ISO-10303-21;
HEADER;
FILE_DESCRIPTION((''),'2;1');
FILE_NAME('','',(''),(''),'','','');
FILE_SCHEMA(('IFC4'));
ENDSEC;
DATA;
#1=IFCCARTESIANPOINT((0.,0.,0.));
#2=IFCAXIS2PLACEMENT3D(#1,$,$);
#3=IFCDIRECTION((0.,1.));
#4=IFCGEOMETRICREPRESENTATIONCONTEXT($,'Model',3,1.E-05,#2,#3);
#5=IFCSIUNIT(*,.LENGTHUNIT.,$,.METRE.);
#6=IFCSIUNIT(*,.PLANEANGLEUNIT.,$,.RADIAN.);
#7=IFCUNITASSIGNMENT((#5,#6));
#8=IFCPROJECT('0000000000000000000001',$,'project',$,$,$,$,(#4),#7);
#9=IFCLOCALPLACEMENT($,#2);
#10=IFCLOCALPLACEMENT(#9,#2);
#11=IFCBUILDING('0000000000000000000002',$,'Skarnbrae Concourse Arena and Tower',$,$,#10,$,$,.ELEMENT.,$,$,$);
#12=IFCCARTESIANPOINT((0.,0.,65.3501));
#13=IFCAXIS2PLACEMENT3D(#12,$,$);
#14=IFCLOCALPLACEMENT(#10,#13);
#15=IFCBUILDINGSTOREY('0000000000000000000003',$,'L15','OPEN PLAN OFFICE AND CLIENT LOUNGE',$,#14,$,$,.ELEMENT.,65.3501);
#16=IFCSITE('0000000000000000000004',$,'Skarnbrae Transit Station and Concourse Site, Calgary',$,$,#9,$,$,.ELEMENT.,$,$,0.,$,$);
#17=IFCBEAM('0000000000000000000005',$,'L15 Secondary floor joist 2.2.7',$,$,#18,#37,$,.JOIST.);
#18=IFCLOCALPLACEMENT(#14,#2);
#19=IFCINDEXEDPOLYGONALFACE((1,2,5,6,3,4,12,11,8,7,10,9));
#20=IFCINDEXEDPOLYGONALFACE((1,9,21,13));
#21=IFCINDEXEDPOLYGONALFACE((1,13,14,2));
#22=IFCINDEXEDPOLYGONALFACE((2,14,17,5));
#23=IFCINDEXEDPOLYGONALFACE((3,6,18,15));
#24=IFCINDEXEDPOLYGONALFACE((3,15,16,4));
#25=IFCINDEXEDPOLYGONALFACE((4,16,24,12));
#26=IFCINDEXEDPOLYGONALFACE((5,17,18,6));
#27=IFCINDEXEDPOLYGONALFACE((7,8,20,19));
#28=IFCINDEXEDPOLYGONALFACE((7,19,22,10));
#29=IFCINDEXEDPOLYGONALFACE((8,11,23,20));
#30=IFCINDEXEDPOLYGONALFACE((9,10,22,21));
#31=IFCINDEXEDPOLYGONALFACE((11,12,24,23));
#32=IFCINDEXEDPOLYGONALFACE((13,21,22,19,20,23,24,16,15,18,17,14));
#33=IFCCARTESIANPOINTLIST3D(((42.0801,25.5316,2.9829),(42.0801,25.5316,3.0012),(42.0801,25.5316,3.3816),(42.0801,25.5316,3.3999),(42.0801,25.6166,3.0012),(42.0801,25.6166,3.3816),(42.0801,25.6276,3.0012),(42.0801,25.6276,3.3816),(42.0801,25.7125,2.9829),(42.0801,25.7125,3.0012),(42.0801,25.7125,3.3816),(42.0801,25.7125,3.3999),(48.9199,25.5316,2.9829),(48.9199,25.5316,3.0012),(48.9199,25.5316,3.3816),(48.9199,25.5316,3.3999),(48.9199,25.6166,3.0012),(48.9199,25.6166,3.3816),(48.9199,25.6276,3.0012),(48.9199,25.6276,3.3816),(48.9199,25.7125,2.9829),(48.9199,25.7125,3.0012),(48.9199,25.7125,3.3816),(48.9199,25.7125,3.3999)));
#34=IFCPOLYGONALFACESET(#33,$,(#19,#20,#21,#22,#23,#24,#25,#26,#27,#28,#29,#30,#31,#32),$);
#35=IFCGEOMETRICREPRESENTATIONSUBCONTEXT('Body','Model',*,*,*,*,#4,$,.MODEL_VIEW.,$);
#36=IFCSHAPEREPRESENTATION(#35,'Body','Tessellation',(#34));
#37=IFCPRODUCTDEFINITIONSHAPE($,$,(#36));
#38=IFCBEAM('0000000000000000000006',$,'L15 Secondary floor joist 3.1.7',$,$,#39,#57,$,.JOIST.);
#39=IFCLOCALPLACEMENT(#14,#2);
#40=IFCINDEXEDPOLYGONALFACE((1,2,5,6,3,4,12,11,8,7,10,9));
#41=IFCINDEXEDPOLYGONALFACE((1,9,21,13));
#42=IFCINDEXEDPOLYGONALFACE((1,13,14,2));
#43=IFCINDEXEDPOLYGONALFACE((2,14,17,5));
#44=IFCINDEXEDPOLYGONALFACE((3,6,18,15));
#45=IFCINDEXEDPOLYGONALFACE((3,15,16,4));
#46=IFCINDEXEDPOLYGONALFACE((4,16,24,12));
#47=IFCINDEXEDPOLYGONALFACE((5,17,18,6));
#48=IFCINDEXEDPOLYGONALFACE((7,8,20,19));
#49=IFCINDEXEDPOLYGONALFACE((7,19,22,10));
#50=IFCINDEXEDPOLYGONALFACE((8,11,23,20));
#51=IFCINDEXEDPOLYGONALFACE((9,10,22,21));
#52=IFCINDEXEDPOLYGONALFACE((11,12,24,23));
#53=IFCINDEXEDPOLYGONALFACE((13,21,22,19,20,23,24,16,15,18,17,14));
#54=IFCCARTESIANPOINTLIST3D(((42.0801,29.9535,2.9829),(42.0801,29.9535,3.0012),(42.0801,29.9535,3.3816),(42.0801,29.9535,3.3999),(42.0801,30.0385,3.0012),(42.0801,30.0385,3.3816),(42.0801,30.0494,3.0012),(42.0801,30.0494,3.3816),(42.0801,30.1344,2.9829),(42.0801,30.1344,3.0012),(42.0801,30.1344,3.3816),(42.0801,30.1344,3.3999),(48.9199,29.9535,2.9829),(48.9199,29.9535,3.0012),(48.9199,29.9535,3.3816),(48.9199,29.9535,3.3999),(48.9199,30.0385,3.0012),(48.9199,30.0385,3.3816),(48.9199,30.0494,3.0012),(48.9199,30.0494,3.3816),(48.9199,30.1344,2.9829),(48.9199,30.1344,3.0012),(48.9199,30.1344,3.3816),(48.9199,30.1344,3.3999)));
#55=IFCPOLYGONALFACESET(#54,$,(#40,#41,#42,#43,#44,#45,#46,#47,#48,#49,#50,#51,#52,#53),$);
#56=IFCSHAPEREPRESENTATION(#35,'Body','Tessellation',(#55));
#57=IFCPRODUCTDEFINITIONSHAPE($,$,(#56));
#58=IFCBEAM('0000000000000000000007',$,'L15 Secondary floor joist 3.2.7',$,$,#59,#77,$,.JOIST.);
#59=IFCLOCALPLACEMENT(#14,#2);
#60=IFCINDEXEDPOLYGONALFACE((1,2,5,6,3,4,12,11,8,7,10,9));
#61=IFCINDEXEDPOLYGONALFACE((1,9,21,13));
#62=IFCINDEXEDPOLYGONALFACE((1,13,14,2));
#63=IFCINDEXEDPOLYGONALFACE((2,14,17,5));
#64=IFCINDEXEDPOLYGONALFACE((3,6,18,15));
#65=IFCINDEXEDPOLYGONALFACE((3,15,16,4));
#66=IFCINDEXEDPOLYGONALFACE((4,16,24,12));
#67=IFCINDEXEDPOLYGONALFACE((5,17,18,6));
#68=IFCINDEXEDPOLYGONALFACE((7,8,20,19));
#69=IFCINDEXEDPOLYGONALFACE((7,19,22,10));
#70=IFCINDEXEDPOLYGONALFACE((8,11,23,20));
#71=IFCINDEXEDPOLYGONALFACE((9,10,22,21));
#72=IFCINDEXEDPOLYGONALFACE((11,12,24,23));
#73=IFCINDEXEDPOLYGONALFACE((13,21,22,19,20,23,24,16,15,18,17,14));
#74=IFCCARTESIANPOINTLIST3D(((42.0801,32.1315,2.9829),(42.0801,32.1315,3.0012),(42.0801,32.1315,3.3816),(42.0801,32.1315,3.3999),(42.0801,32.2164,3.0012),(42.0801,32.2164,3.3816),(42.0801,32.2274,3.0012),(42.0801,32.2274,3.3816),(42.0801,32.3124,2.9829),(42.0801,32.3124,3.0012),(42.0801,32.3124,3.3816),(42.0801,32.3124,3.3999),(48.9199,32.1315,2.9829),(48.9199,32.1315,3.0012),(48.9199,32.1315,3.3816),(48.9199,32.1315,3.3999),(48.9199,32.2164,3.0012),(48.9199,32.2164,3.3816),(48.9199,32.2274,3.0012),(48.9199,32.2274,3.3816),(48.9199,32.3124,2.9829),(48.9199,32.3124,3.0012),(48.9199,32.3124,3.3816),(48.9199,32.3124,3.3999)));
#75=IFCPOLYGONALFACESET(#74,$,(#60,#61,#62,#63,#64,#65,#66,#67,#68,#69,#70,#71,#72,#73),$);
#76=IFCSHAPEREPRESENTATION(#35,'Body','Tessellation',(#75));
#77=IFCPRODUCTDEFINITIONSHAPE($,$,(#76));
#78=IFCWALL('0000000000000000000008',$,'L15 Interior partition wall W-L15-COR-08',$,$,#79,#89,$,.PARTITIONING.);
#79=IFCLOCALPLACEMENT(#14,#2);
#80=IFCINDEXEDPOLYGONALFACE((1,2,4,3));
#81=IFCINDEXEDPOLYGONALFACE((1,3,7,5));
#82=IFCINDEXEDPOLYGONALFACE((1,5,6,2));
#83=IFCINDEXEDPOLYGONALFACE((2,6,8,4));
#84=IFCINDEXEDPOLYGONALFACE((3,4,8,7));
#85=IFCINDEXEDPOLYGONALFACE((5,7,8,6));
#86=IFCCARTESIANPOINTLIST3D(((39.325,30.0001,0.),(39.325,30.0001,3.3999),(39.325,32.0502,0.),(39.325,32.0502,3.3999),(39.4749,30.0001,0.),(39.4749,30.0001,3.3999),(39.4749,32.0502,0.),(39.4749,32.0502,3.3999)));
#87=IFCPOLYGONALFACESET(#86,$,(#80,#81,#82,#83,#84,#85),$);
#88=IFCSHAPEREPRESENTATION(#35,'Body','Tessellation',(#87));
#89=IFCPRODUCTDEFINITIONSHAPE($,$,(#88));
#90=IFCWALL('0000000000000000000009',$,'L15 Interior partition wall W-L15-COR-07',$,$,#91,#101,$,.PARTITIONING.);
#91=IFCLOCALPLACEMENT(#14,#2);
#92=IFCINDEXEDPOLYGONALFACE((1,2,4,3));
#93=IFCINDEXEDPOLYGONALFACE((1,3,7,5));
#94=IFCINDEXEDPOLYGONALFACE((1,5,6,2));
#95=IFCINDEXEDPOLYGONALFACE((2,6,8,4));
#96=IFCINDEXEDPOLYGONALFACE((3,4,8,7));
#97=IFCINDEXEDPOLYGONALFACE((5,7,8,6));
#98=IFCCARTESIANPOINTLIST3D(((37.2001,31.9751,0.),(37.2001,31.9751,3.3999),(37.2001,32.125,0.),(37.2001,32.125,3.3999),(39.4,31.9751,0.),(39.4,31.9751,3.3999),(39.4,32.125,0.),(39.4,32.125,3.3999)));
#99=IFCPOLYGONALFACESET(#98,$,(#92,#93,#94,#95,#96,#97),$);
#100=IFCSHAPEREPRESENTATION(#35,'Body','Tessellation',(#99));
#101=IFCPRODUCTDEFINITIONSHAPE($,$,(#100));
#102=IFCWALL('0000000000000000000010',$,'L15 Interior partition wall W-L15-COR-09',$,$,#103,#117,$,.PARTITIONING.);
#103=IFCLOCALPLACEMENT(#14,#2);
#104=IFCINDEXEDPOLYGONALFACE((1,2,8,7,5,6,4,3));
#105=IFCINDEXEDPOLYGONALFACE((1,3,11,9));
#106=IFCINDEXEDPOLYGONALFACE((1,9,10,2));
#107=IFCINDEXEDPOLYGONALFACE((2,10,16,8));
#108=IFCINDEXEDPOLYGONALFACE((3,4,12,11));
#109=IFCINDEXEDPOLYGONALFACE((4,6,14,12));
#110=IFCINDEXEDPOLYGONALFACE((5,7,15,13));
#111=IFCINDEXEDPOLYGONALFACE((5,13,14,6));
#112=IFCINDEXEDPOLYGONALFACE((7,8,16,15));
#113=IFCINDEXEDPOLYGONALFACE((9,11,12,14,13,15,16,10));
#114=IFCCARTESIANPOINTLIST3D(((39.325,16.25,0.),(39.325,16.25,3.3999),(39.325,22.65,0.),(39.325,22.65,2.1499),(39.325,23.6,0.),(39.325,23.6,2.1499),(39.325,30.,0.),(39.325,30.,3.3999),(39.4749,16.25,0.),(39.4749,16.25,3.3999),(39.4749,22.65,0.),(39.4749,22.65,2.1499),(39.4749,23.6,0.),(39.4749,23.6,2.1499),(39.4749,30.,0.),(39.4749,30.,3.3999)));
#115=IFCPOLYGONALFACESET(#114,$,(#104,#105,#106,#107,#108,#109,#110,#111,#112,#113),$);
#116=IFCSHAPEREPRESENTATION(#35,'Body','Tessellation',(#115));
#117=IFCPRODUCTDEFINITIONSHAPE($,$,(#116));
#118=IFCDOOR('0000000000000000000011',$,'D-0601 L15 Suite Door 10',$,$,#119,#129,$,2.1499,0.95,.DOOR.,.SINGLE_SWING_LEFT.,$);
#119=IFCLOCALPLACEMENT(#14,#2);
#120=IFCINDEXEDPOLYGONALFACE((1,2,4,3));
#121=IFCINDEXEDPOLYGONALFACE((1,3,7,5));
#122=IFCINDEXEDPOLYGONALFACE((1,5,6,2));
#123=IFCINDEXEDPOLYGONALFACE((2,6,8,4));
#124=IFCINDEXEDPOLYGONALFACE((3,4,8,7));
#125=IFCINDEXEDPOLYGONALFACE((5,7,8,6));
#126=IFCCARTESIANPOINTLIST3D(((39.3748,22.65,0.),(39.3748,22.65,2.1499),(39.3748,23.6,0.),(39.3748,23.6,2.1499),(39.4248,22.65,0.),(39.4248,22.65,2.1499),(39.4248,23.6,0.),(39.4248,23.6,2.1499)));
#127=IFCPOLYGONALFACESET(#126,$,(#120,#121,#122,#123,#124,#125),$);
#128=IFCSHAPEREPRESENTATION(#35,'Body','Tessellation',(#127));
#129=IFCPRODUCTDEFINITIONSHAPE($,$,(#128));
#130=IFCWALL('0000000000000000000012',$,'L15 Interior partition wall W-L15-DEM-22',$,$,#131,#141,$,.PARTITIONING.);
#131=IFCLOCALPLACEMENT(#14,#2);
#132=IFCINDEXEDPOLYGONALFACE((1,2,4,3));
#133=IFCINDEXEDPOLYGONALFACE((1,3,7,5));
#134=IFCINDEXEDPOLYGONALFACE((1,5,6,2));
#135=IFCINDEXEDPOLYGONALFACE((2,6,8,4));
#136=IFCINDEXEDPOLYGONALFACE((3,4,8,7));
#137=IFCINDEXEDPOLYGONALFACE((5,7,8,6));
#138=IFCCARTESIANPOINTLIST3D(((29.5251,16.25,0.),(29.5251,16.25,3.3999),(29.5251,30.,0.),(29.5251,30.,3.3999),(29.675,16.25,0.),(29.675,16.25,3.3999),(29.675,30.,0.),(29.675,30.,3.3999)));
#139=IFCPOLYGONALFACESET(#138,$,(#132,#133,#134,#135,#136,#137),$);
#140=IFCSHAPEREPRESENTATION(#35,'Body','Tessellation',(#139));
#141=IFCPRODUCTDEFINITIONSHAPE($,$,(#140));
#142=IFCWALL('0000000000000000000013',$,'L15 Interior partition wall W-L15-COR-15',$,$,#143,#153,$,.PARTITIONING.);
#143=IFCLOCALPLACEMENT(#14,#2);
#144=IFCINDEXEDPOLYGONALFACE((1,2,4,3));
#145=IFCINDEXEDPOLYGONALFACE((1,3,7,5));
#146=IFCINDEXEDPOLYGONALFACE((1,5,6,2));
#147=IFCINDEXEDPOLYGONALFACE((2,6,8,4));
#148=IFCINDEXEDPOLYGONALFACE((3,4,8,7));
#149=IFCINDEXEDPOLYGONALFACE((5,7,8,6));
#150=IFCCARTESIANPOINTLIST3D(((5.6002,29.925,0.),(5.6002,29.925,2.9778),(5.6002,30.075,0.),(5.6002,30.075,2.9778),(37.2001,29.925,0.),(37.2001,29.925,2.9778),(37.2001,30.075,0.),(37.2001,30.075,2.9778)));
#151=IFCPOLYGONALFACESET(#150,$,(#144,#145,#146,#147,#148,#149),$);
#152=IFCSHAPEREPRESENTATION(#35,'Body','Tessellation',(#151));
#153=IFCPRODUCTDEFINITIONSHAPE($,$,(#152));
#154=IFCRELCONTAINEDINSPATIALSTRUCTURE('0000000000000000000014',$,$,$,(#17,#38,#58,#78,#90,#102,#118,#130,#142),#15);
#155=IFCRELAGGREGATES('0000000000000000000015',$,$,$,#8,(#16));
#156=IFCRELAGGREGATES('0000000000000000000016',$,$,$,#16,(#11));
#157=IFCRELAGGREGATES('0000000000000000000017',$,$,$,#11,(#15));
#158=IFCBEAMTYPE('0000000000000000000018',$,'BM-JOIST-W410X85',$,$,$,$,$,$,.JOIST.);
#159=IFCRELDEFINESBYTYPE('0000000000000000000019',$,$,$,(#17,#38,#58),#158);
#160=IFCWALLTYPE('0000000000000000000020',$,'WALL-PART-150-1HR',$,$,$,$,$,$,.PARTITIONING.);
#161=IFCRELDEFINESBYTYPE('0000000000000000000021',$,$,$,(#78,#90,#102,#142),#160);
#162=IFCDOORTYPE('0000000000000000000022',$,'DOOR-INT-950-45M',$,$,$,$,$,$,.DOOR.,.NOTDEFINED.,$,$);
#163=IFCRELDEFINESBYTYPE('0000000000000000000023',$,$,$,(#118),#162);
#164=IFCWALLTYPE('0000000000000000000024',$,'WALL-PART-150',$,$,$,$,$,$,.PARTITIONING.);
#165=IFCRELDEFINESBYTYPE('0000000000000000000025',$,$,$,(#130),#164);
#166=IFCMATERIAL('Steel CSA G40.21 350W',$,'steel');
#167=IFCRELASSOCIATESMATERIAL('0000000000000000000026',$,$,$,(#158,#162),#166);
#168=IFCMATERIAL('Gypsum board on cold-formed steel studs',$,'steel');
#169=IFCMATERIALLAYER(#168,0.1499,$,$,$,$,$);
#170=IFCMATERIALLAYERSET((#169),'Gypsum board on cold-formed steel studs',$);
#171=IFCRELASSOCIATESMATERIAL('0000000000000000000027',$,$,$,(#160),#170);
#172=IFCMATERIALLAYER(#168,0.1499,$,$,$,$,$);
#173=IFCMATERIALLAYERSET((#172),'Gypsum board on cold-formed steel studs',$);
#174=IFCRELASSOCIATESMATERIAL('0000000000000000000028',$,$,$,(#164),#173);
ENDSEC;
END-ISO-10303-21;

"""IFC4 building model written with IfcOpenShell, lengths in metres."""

from ifc_helpers import new_model, si_unit, direction, frame, frame_2d, origin, origin_2d, place, context, subcontext, project, spatial, rectangle, i_section, extrude, source, transform, mapped, material, layer, layer_set, material_profile, profile_set, type_object, element, fill, save


model = new_model("IFC4")

# Units and contexts
model_context = context("Model", 3, precision=1e-05, world=origin(), true_north=direction((0.0, 1.0)))
body_context = subcontext(model_context, "Body", "Model", "MODEL_VIEW")
ifc_project = project(units=[si_unit("LENGTHUNIT", "METRE"), si_unit("PLANEANGLEUNIT", "RADIAN")], contexts=[model_context])

# Site, building, storey
site_placement = place(None, origin())
site = spatial("IfcSite", under=ifc_project, at=site_placement, Name="Skarnbrae Transit Station and Concourse Site, Calgary", CompositionType="ELEMENT", RefElevation=0.0)
building_placement = place(site_placement, origin())
building = spatial("IfcBuilding", under=site, at=building_placement, Name="Skarnbrae Concourse Arena and Tower", CompositionType="ELEMENT")
storey_placement = place(building_placement, frame((0.0, 0.0, 65.3501)))
storey = spatial("IfcBuildingStorey", under=building, at=storey_placement, Name="L15", Description="OPEN PLAN OFFICE AND CLIENT LOUNGE", CompositionType="ELEMENT", Elevation=65.3501)

# Shared definitions
ifc_material_1 = material(Name="Steel CSA G40.21 350W", Category="steel")

# Beams
ifc_material_profile_1 = material_profile(ifc_material_1, i_section(OverallWidth=0.1809, OverallDepth=0.417, WebThickness=0.011, FlangeThickness=0.0183, at=origin_2d()), Name="W410X85")
ifc_profile_set_1 = profile_set([ifc_material_profile_1], Name="Steel CSA G40.21 350W")
beam_type_1 = type_object("IfcBeamType", Name="BM-JOIST-W410X85", PredefinedType="JOIST", material=ifc_profile_set_1)
shared_shape_1 = source(origin(), body_context, "Body", "SweptSolid", [
    extrude(i_section(OverallWidth=0.1809, OverallDepth=0.417, WebThickness=0.011, FlangeThickness=0.0183, at=origin_2d()), origin(), (0.0, 0.0, 1.0), 6.8398),
])
for number, where, z_axis, x_axis, name in (
    (1, (42.0801, 25.6221, 3.1914), (1.0, 0.0, 0.0), (0.0, 1.0, 0.0), "L15 Secondary floor joist 2.2.7"),
    (2, (42.0801, 30.0439, 3.1914), (1.0, 0.0, 0.0), (0.0, 1.0, 0.0), "L15 Secondary floor joist 3.1.7"),
    (3, (42.0801, 32.2219, 3.1914), (1.0, 0.0, 0.0), (0.0, 1.0, 0.0), "L15 Secondary floor joist 3.2.7"),
):
    element("IfcBeam", number, at=place(storey_placement, frame(where, z_axis=z_axis, x_axis=x_axis)), inside=storey, type_object=beam_type_1, Name=name, PredefinedType="JOIST", context=body_context, shape_type="MappedRepresentation", body=[
        mapped(shared_shape_1, transform((0.0, 0.0, 0.0))),
    ])

# Walls
ifc_material_2 = material(Name="Gypsum board on cold-formed steel studs", Category="steel")
ifc_layer_1 = layer(ifc_material_2, 0.1499)
ifc_layer_set_1 = layer_set([ifc_layer_1], Name="Gypsum board on cold-formed steel studs")
wall_type_1 = type_object("IfcWallType", Name="WALL-PART-150-1HR", PredefinedType="PARTITIONING", material=ifc_layer_set_1)
shared_shape_2 = source(origin(), body_context, "Body", "SweptSolid", [
    extrude(rectangle(XDim=2.05, YDim=0.1499, at=frame_2d((1.0249, 0.0))), origin(), (0.0, 0.0, 1.0), 3.3999),
])
wall_1_placement = place(storey_placement, frame((39.3999, 32.05, 0.0), z_axis=(0.0, 0.0, 1.0), x_axis=(0.0, -1.0, 0.0)))
element("IfcWall", 4, at=wall_1_placement, inside=storey, type_object=wall_type_1, Name="L15 Interior partition wall W-L15-COR-08", PredefinedType="PARTITIONING", context=body_context, shape_type="MappedRepresentation", body=[
    mapped(shared_shape_2, transform((0.0, 0.0, 0.0))),
])
shared_shape_3 = source(origin(), body_context, "Body", "SweptSolid", [
    extrude(rectangle(XDim=2.2, YDim=0.1499, at=frame_2d((1.1001, 0.0))), origin(), (0.0, 0.0, 1.0), 3.3999),
])
wall_2_placement = place(storey_placement, frame((37.2, 32.05, 0.0), z_axis=(0.0, 0.0, 1.0), x_axis=(1.0, 0.0, 0.0)))
element("IfcWall", 5, at=wall_2_placement, inside=storey, type_object=wall_type_1, Name="L15 Interior partition wall W-L15-COR-07", PredefinedType="PARTITIONING", context=body_context, shape_type="MappedRepresentation", body=[
    mapped(shared_shape_3, transform((0.0, 0.0, 0.0))),
])

# Wall, opening, door
shared_shape_4 = source(origin(), body_context, "Body", "SweptSolid", [
    extrude(rectangle(XDim=13.75, YDim=0.1499, at=frame_2d((6.875, 0.0))), origin(), (0.0, 0.0, 1.0), 3.3999),
])
wall_3_placement = place(storey_placement, frame((39.3999, 30.0, 0.0), z_axis=(0.0, 0.0, 1.0), x_axis=(0.0, -1.0, 0.0)))
wall_3 = element("IfcWall", 6, at=wall_3_placement, inside=storey, type_object=wall_type_1, Name="L15 Interior partition wall W-L15-COR-09", PredefinedType="PARTITIONING", context=body_context, shape_type="MappedRepresentation", body=[
    mapped(shared_shape_4, transform((0.0, 0.0, 0.0))),
])
opening_placement = place(wall_3_placement, frame((6.3999, 0.0, 0.0)))
opening = element("IfcOpeningElement", 7, at=opening_placement, cuts=wall_3, PredefinedType="OPENING", context=body_context, shape_type="SweptSolid", body=[
    extrude(rectangle(XDim=0.95, YDim=2.1499, at=frame_2d((0.4751, 1.075))), frame((0.0, 0.085, 0.0), z_axis=(0.0, -1.0, 0.0), x_axis=(1.0, 0.0, 0.0)), (0.0, 0.0, 1.0), 0.1699),
])
door_type = type_object("IfcDoorType", Name="DOOR-INT-950-45M", OperationType="NOTDEFINED", PredefinedType="DOOR", material=ifc_material_1)
shared_shape_5 = source(origin(), body_context, "Body", "SweptSolid", [
    extrude(rectangle(XDim=0.95, YDim=2.1499, at=frame_2d((0.4751, 1.075))), frame((0.0, 0.0249, 0.0), z_axis=(0.0, -1.0, 0.0), x_axis=(1.0, 0.0, 0.0)), (0.0, 0.0, 1.0), 0.05),
])
door_placement = place(opening_placement, origin())
door = element("IfcDoor", 8, at=door_placement, inside=storey, type_object=door_type, Name="D-0601 L15 Suite Door 10", OperationType="SINGLE_SWING_LEFT", OverallHeight=2.1499, OverallWidth=0.95, PredefinedType="DOOR", context=body_context, shape_type="MappedRepresentation", body=[
    mapped(shared_shape_5, transform((0.0, 0.0, 0.0))),
])
fill(opening, door)

# Walls
ifc_layer_2 = layer(ifc_material_2, 0.1499)
ifc_layer_set_2 = layer_set([ifc_layer_2], Name="Gypsum board on cold-formed steel studs")
wall_type_2 = type_object("IfcWallType", Name="WALL-PART-150", PredefinedType="PARTITIONING", material=ifc_layer_set_2)
wall_4_placement = place(storey_placement, frame((29.6001, 30.0, 0.0), z_axis=(0.0, 0.0, 1.0), x_axis=(0.0, -1.0, 0.0)))
element("IfcWall", 9, at=wall_4_placement, inside=storey, type_object=wall_type_2, Name="L15 Interior partition wall W-L15-DEM-22", PredefinedType="PARTITIONING", context=body_context, shape_type="MappedRepresentation", body=[
    mapped(shared_shape_4, transform((0.0, 0.0, 0.0))),
])
shared_shape_6 = source(origin(), body_context, "Body", "SweptSolid", [
    extrude(rectangle(XDim=31.5999, YDim=0.1499, at=frame_2d((15.7998, 0.0))), origin(), (0.0, 0.0, 1.0), 2.9778),
])
wall_5_placement = place(storey_placement, frame((37.2, 30.0, 0.0), z_axis=(0.0, 0.0, 1.0), x_axis=(-1.0, 0.0, 0.0)))
element("IfcWall", 10, at=wall_5_placement, inside=storey, type_object=wall_type_1, Name="L15 Interior partition wall W-L15-COR-15", PredefinedType="PARTITIONING", context=body_context, shape_type="MappedRepresentation", body=[
    mapped(shared_shape_6, transform((0.0, 0.0, 0.0))),
])

save(model, "model.ifc")
